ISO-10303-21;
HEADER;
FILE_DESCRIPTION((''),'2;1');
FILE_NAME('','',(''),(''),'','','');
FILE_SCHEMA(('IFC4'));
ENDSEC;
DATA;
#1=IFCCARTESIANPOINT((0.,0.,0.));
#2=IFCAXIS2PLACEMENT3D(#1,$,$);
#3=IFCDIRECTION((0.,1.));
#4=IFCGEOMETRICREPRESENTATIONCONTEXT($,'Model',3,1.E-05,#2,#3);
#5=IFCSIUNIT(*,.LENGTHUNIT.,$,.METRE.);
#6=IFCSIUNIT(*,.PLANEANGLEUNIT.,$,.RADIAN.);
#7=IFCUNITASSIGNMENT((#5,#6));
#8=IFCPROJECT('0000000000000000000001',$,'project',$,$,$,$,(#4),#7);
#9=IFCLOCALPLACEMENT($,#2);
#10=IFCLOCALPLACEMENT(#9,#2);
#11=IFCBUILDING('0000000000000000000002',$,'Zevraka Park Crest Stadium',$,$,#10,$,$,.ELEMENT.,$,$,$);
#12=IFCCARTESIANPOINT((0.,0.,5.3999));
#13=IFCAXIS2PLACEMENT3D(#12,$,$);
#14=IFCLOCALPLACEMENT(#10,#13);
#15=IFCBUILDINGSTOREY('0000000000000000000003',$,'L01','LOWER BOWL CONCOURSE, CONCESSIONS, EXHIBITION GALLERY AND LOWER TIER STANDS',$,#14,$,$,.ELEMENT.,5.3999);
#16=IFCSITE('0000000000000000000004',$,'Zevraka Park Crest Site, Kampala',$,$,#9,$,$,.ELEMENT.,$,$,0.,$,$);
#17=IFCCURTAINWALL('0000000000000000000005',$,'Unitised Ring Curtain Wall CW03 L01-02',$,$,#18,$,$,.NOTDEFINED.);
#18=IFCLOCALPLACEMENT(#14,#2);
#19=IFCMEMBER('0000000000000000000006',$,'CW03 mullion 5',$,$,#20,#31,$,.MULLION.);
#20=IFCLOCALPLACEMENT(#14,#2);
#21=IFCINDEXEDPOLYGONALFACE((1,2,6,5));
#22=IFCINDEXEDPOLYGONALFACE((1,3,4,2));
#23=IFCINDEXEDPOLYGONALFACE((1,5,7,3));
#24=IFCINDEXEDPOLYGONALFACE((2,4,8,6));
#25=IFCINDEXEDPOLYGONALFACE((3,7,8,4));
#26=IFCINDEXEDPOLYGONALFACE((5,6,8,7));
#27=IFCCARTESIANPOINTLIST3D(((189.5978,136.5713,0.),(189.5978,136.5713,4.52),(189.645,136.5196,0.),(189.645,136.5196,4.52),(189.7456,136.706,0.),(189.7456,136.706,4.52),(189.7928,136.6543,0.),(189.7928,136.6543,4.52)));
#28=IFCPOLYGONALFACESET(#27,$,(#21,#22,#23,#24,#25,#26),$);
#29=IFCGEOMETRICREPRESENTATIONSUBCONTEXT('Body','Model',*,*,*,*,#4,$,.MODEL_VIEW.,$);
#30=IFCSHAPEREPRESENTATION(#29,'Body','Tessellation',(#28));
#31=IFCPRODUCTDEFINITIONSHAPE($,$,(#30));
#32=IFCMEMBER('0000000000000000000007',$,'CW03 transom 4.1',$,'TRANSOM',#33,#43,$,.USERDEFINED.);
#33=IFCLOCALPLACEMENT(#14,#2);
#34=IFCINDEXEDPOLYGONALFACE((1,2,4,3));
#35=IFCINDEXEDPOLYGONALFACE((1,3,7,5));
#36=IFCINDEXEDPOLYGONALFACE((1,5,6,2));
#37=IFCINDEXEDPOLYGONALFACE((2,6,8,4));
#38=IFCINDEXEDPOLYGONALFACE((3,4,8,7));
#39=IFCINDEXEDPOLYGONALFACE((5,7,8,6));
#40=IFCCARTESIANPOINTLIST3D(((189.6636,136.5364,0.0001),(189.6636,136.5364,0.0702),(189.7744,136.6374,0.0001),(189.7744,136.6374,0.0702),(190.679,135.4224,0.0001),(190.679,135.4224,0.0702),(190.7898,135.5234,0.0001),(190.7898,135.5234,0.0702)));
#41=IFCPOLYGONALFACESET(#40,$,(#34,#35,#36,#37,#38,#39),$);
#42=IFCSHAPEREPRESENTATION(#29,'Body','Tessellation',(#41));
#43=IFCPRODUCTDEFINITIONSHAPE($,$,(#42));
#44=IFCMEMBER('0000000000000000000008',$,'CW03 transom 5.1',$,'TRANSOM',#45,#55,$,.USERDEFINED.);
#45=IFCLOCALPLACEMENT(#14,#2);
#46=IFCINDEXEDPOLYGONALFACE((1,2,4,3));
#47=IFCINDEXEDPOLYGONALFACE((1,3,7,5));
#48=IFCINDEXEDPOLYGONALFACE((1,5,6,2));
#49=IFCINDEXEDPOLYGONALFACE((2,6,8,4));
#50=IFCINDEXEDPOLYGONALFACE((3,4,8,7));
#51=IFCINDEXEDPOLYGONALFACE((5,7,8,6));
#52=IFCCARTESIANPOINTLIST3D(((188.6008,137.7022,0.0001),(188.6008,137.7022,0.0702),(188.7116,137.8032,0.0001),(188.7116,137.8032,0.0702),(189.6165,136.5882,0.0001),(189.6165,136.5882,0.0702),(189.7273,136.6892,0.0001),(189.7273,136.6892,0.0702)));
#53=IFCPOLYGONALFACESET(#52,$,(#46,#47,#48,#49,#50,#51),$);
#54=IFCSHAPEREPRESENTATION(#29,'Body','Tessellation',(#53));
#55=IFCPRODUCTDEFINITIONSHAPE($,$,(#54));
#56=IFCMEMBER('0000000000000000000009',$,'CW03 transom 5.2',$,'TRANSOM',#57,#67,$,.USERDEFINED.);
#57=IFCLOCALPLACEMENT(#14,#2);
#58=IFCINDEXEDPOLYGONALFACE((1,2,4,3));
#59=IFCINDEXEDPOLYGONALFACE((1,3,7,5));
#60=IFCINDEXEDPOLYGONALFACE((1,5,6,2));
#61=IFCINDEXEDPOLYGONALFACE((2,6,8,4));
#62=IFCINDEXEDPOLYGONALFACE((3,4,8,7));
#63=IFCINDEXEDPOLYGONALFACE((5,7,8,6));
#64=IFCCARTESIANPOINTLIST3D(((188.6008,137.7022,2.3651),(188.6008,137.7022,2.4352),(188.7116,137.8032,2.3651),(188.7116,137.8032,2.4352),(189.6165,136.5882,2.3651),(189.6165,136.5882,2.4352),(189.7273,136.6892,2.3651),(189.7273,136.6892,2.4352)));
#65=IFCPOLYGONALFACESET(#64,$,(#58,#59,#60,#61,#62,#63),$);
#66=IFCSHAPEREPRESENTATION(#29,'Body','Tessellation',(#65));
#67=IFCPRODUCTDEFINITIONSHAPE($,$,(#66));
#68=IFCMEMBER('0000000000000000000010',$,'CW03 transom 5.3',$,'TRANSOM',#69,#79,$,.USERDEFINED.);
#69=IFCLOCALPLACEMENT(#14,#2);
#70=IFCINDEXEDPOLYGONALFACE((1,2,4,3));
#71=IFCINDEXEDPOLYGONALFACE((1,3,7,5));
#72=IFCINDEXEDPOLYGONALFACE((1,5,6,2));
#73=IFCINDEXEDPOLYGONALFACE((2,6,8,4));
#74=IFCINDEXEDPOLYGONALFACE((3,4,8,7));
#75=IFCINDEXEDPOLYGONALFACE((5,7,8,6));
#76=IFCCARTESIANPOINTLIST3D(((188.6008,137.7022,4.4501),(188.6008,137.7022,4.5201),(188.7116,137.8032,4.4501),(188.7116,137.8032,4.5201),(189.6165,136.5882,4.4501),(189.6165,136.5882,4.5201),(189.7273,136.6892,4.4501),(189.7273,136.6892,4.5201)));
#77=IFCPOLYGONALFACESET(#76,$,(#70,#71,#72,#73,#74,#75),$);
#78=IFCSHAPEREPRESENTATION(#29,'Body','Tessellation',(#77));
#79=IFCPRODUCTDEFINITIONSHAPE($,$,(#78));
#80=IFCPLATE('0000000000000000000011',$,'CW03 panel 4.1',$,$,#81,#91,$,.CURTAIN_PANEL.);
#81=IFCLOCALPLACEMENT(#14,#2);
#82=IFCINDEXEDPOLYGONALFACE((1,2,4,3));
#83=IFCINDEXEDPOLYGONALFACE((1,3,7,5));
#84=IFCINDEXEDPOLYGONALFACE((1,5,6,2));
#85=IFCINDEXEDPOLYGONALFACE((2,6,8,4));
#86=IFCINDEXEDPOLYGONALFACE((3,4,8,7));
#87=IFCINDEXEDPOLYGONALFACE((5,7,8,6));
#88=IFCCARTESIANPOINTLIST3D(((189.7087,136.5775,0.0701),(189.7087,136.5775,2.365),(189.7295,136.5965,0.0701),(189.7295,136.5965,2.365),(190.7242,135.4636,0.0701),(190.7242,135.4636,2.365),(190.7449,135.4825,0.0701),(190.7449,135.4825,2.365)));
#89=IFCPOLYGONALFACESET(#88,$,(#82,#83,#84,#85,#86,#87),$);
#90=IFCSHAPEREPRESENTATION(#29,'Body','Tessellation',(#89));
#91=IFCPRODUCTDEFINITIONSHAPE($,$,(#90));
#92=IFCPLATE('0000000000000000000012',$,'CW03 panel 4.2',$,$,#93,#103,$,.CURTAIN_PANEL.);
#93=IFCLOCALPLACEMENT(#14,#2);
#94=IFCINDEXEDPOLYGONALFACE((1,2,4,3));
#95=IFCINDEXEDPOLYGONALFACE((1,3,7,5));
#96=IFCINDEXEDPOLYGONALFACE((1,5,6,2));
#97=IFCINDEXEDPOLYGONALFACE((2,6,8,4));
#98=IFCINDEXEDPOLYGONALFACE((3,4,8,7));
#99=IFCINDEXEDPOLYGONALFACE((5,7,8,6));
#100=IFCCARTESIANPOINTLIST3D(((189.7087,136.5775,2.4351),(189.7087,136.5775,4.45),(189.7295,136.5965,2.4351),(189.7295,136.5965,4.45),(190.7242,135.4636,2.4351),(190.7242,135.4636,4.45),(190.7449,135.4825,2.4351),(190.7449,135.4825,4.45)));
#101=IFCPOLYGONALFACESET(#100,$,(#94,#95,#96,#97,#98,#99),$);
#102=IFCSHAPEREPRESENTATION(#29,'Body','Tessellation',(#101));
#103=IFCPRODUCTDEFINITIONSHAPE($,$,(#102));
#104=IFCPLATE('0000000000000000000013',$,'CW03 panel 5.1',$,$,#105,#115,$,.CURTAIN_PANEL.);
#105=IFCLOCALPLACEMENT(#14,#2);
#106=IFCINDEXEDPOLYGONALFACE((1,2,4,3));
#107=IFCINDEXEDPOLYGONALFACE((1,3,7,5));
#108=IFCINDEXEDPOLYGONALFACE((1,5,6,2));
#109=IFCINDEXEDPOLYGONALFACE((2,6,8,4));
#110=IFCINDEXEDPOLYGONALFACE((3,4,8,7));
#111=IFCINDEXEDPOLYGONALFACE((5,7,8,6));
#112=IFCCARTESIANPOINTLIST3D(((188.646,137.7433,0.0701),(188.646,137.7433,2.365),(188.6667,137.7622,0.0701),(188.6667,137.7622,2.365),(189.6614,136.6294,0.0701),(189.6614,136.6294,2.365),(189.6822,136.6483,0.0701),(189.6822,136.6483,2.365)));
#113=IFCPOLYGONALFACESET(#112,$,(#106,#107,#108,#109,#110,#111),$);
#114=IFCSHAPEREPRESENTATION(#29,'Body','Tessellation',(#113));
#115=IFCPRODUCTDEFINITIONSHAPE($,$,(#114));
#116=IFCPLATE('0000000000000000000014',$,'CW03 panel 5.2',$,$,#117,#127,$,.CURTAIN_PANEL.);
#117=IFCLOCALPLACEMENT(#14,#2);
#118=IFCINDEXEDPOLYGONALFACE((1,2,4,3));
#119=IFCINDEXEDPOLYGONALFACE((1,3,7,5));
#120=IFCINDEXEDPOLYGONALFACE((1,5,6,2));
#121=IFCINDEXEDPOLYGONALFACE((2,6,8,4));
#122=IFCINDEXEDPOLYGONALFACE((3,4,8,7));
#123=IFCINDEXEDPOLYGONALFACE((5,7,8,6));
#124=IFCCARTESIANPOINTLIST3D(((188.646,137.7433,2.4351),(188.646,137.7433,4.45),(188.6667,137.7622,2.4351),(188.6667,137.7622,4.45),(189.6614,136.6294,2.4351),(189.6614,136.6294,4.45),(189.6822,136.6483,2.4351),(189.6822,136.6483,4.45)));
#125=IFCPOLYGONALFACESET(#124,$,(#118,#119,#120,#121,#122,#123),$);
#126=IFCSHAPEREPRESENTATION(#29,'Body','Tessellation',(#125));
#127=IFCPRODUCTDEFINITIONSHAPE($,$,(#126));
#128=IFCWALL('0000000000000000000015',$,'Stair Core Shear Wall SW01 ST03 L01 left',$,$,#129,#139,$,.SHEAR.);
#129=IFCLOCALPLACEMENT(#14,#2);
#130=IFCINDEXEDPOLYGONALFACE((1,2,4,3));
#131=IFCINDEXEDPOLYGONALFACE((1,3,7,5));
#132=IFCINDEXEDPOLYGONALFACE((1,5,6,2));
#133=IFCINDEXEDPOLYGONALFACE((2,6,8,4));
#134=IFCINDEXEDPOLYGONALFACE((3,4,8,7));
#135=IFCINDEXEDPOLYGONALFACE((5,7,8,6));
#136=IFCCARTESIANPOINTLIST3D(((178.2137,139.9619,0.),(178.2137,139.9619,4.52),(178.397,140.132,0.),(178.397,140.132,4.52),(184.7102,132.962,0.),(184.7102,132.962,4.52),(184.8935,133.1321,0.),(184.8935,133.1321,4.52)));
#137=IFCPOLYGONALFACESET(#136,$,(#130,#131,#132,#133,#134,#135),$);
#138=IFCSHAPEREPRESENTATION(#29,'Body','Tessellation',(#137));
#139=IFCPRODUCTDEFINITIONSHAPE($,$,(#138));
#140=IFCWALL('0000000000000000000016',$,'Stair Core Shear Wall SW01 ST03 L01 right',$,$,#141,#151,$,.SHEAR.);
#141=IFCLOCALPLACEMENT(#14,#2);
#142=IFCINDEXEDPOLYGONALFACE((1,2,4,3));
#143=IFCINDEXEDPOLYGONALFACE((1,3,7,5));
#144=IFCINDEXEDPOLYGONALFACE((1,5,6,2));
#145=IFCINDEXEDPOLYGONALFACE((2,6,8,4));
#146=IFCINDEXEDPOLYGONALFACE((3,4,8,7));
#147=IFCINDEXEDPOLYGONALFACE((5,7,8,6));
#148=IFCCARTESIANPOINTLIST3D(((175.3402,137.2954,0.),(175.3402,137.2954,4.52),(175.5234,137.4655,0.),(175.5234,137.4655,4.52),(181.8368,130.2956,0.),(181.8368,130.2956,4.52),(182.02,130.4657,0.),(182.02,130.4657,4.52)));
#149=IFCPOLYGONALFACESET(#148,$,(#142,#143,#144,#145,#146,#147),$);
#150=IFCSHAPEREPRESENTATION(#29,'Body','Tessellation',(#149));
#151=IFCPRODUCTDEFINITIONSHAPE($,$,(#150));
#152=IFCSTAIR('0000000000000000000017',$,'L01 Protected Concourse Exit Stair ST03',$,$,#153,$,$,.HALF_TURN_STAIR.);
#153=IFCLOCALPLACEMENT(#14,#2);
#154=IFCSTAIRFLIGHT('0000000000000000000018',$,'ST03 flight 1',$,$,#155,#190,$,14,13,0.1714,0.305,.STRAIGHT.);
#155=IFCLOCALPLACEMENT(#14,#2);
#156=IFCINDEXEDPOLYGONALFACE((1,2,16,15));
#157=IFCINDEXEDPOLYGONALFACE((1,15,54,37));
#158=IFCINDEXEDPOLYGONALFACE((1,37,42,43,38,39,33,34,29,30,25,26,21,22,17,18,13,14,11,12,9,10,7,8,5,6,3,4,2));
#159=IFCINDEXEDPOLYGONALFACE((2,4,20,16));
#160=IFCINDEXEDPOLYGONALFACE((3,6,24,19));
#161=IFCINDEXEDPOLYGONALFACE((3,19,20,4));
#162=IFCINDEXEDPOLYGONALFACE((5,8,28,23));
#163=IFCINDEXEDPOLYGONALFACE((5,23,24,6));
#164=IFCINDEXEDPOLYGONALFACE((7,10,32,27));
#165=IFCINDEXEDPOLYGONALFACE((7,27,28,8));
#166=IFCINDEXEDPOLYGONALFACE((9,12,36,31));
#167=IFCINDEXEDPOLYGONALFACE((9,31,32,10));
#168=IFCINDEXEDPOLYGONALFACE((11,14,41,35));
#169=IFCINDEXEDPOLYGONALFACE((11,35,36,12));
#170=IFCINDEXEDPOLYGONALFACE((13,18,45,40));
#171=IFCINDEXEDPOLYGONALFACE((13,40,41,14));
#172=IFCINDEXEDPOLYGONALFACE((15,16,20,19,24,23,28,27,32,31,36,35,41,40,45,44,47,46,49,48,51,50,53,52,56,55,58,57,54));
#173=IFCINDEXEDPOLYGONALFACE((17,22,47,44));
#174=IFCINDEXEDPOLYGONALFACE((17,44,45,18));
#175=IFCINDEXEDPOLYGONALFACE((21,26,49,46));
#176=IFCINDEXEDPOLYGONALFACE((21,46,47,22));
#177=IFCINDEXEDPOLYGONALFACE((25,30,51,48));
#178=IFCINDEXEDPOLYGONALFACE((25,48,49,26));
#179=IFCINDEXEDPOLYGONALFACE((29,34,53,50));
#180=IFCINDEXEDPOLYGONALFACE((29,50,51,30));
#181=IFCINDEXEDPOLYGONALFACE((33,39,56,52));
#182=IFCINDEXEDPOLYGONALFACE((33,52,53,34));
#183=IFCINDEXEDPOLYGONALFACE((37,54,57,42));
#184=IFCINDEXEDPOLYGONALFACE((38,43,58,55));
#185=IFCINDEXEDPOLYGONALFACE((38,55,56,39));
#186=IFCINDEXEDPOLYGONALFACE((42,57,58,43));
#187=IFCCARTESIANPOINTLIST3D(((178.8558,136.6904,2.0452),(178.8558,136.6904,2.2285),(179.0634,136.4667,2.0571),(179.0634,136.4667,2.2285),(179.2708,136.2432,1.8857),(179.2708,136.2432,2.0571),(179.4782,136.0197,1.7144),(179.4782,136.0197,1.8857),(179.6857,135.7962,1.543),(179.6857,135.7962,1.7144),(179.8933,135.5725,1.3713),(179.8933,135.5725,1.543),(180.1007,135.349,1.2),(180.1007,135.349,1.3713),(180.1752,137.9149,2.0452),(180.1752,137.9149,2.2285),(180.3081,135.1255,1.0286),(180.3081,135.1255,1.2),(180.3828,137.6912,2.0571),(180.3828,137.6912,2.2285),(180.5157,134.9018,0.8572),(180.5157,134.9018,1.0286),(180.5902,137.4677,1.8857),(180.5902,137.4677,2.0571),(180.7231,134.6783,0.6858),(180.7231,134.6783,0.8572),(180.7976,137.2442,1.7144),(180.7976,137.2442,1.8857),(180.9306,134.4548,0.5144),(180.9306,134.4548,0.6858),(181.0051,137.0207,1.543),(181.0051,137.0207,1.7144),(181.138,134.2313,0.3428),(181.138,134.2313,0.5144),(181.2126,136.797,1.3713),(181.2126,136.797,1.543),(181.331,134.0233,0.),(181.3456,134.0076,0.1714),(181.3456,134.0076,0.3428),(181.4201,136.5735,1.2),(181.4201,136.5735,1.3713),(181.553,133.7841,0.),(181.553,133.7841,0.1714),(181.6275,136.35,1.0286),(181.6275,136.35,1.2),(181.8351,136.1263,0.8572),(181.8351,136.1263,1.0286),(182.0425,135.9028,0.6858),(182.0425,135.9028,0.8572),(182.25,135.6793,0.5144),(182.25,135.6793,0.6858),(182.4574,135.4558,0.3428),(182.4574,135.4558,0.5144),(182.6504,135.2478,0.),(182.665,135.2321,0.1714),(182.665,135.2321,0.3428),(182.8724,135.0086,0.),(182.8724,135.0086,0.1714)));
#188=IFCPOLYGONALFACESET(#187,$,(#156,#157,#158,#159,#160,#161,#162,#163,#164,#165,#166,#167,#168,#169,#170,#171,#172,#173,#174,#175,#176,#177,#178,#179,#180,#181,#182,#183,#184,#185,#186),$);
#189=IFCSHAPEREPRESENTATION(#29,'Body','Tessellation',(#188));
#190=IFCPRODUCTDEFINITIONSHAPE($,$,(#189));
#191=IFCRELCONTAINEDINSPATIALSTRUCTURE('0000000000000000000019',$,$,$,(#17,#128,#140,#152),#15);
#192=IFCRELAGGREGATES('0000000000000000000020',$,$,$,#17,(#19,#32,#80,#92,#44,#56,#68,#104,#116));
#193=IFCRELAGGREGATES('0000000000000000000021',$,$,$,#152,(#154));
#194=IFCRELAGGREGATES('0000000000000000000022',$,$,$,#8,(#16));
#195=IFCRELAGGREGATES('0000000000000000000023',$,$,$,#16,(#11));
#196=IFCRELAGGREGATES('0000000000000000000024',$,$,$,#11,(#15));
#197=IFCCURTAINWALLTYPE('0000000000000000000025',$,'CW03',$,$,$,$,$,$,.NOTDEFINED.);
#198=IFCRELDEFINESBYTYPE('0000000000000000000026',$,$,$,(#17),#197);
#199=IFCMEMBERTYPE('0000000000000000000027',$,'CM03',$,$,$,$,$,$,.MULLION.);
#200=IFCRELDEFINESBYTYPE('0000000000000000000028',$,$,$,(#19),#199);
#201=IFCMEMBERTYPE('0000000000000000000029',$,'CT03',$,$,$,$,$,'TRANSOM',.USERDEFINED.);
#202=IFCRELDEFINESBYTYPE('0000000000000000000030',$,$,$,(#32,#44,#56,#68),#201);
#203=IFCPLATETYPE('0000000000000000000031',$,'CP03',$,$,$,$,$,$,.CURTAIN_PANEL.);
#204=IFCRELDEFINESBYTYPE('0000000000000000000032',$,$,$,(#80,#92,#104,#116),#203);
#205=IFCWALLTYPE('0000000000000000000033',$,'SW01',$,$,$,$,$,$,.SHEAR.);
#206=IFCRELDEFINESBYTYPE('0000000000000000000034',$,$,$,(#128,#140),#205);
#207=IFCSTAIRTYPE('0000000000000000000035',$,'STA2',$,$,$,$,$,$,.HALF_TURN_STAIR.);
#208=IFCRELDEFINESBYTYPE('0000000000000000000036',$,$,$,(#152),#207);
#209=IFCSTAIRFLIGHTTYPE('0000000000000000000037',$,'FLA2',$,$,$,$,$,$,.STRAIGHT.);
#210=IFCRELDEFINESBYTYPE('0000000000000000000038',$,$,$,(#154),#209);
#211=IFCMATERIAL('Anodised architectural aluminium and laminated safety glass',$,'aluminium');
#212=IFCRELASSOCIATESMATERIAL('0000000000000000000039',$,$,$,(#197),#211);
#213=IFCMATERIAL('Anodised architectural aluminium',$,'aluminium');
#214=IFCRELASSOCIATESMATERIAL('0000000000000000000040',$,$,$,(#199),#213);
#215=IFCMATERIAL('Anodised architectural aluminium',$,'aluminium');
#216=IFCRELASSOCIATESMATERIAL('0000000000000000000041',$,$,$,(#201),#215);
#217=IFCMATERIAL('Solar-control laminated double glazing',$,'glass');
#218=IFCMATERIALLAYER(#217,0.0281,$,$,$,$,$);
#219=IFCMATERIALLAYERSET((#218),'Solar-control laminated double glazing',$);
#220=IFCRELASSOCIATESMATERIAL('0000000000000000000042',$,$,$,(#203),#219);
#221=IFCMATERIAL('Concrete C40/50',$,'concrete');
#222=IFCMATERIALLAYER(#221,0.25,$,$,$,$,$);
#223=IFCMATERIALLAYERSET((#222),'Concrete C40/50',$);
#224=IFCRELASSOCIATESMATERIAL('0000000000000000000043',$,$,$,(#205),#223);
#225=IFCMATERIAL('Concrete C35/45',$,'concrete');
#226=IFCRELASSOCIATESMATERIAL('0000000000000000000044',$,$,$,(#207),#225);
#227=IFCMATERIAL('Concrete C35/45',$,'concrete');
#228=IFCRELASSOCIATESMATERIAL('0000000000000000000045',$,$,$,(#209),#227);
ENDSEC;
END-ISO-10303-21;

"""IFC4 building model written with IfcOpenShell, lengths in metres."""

from ifc_helpers import new_model, si_unit, direction, frame, frame_2d, origin, origin_2d, place, context, subcontext, project, spatial, polyline, rectangle, outline, extrude, material, layer, layer_set, material_profile, profile_set, type_object, element, aggregate, save


model = new_model("IFC4")

# Units and contexts
model_context = context("Model", 3, precision=1e-05, world=origin(), true_north=direction((0.0, 1.0)))
body_context = subcontext(model_context, "Body", "Model", "MODEL_VIEW")
ifc_project = project(units=[si_unit("LENGTHUNIT", "METRE"), si_unit("PLANEANGLEUNIT", "RADIAN")], contexts=[model_context])

# Site, building, storey
site_placement = place(None, origin())
site = spatial("IfcSite", under=ifc_project, at=site_placement, Name="Zevraka Park Crest Site, Kampala", CompositionType="ELEMENT", RefElevation=0.0)
building_placement = place(site_placement, origin())
building = spatial("IfcBuilding", under=site, at=building_placement, Name="Zevraka Park Crest Stadium", CompositionType="ELEMENT")
storey_placement = place(building_placement, frame((0.0, 0.0, 5.3999)))
storey = spatial("IfcBuildingStorey", under=building, at=storey_placement, Name="L01", Description="LOWER BOWL CONCOURSE, CONCESSIONS, EXHIBITION GALLERY AND LOWER TIER STANDS", CompositionType="ELEMENT", Elevation=5.3999)

# Curtain wall, members, plates
ifc_material_1 = material(Name="Anodised architectural aluminium and laminated safety glass", Category="aluminium")
curtain_wall_type = type_object("IfcCurtainWallType", Name="CW03", PredefinedType="NOTDEFINED", material=ifc_material_1)
curtain_wall_placement = place(storey_placement, origin())
curtain_wall = element("IfcCurtainWall", 1, at=curtain_wall_placement, inside=storey, type_object=curtain_wall_type, Name="Unitised Ring Curtain Wall CW03 L01-02", PredefinedType="NOTDEFINED")
ifc_material_2 = material(Name="Anodised architectural aluminium", Category="aluminium")
ifc_material_profile_1 = material_profile(ifc_material_2, rectangle(XDim=0.2, YDim=0.0701, at=origin_2d()), Name="ALU MULLION 200x70")
ifc_profile_set_1 = profile_set([ifc_material_profile_1], Name="Anodised architectural aluminium")
member_type_1 = type_object("IfcMemberType", Name="CM03", PredefinedType="MULLION", material=ifc_profile_set_1)
member_1_placement = place(storey_placement, frame((189.6953, 136.6128, 0.0), z_axis=(0.0, 0.0, 1.0), x_axis=(-0.739023, -0.67368, 0.0)))
member_1 = element("IfcMember", 2, at=member_1_placement, type_object=member_type_1, Name="CW03 mullion 5", PredefinedType="MULLION", context=body_context, shape_type="SweptSolid", body=[
    extrude(rectangle(XDim=0.2, YDim=0.0701, at=origin_2d()), origin(), (0.0, 0.0, 1.0), 4.52),
])
ifc_material_3 = material(Name="Anodised architectural aluminium", Category="aluminium")
ifc_material_profile_2 = material_profile(ifc_material_3, rectangle(XDim=0.1499, YDim=0.0701, at=origin_2d()), Name="ALU TRANSOM 150x70")
ifc_profile_set_2 = profile_set([ifc_material_profile_2], Name="Anodised architectural aluminium")
member_type_2 = type_object("IfcMemberType", Name="CT03", ElementType="TRANSOM", PredefinedType="USERDEFINED", material=ifc_profile_set_2)
member_2_placement = place(storey_placement, frame((190.7344, 135.4729, 0.0352), z_axis=(-0.673632, 0.739067, 0.0), x_axis=(-0.739067, -0.673632, 0.0)))
member_2 = element("IfcMember", 3, at=member_2_placement, type_object=member_type_2, Name="CW03 transom 4.1", ObjectType="TRANSOM", PredefinedType="USERDEFINED", context=body_context, shape_type="SweptSolid", body=[
    extrude(rectangle(XDim=0.1499, YDim=0.0701, at=origin_2d()), origin(), (0.0, 0.0, 1.0), 1.5073),
])
member_3_placement = place(storey_placement, frame((189.6719, 136.6387, 0.0352), z_axis=(-0.67372, 0.738987, 0.0), x_axis=(-0.738987, -0.67372, 0.0)))
member_3 = element("IfcMember", 4, at=member_3_placement, type_object=member_type_2, Name="CW03 transom 5.1", ObjectType="TRANSOM", PredefinedType="USERDEFINED", context=body_context, shape_type="SweptSolid", body=[
    extrude(rectangle(XDim=0.1499, YDim=0.0701, at=origin_2d()), origin(), (0.0, 0.0, 1.0), 1.5076),
])
member_4_placement = place(storey_placement, frame((189.6719, 136.6387, 2.4001), z_axis=(-0.67372, 0.738987, 0.0), x_axis=(-0.738987, -0.67372, 0.0)))
member_4 = element("IfcMember", 5, at=member_4_placement, type_object=member_type_2, Name="CW03 transom 5.2", ObjectType="TRANSOM", PredefinedType="USERDEFINED", context=body_context, shape_type="SweptSolid", body=[
    extrude(rectangle(XDim=0.1499, YDim=0.0701, at=origin_2d()), origin(), (0.0, 0.0, 1.0), 1.5076),
])
member_5_placement = place(storey_placement, frame((189.6719, 136.6387, 4.4851), z_axis=(-0.67372, 0.738987, 0.0), x_axis=(-0.738987, -0.67372, 0.0)))
member_5 = element("IfcMember", 6, at=member_5_placement, type_object=member_type_2, Name="CW03 transom 5.3", ObjectType="TRANSOM", PredefinedType="USERDEFINED", context=body_context, shape_type="SweptSolid", body=[
    extrude(rectangle(XDim=0.1499, YDim=0.0701, at=origin_2d()), origin(), (0.0, 0.0, 1.0), 1.5076),
])
ifc_material_4 = material(Name="Solar-control laminated double glazing", Category="glass")
ifc_layer_1 = layer(ifc_material_4, 0.0281)
ifc_layer_set_1 = layer_set([ifc_layer_1], Name="Solar-control laminated double glazing")
plate_type = type_object("IfcPlateType", Name="CP03", PredefinedType="CURTAIN_PANEL", material=ifc_layer_set_1)
plate_1_placement = place(storey_placement, frame((190.2268, 136.03, 0.0701), z_axis=(0.0, 0.0, 1.0), x_axis=(-0.67368, 0.739023, 0.0)))
plate_1 = element("IfcPlate", 7, at=plate_1_placement, type_object=plate_type, Name="CW03 panel 4.1", PredefinedType="CURTAIN_PANEL", context=body_context, shape_type="SweptSolid", body=[
    extrude(rectangle(XDim=1.5073, YDim=0.0281, at=origin_2d()), origin(), (0.0, 0.0, 1.0), 2.2949),
])
plate_2_placement = place(storey_placement, frame((190.2268, 136.03, 2.4351), z_axis=(0.0, 0.0, 1.0), x_axis=(-0.67368, 0.739023, 0.0)))
plate_2 = element("IfcPlate", 8, at=plate_2_placement, type_object=plate_type, Name="CW03 panel 4.2", PredefinedType="CURTAIN_PANEL", context=body_context, shape_type="SweptSolid", body=[
    extrude(rectangle(XDim=1.5073, YDim=0.0281, at=origin_2d()), origin(), (0.0, 0.0, 1.0), 2.0149),
])
plate_3_placement = place(storey_placement, frame((189.1641, 137.1958, 0.0701), z_axis=(0.0, 0.0, 1.0), x_axis=(-0.67368, 0.739023, 0.0)))
plate_3 = element("IfcPlate", 9, at=plate_3_placement, type_object=plate_type, Name="CW03 panel 5.1", PredefinedType="CURTAIN_PANEL", context=body_context, shape_type="SweptSolid", body=[
    extrude(rectangle(XDim=1.5073, YDim=0.0281, at=origin_2d()), origin(), (0.0, 0.0, 1.0), 2.2949),
])
plate_4_placement = place(storey_placement, frame((189.1641, 137.1958, 2.4351), z_axis=(0.0, 0.0, 1.0), x_axis=(-0.67368, 0.739023, 0.0)))
plate_4 = element("IfcPlate", 10, at=plate_4_placement, type_object=plate_type, Name="CW03 panel 5.2", PredefinedType="CURTAIN_PANEL", context=body_context, shape_type="SweptSolid", body=[
    extrude(rectangle(XDim=1.5073, YDim=0.0281, at=origin_2d()), origin(), (0.0, 0.0, 1.0), 2.0149),
])
aggregate(curtain_wall, [member_1, member_2, plate_1, plate_2, member_3, member_4, member_5, plate_3, plate_4])

# Walls
ifc_material_5 = material(Name="Concrete C40/50", Category="concrete")
ifc_layer_2 = layer(ifc_material_5, 0.25)
ifc_layer_set_2 = layer_set([ifc_layer_2], Name="Concrete C40/50")
wall_type = type_object("IfcWallType", Name="SW01", PredefinedType="SHEAR", material=ifc_layer_set_2)
for number, where, z_axis, x_axis, name in (
    (11, (184.8018, 133.0471, 0.0), (0.0, 0.0, 1.0), (-0.680259, 0.732972, 0.0), "Stair Core Shear Wall SW01 ST03 L01 left"),
    (12, (175.4319, 137.3804, 0.0), (0.0, 0.0, 1.0), (0.680272, -0.73296, 0.0), "Stair Core Shear Wall SW01 ST03 L01 right"),
):
    element("IfcWall", number, at=place(storey_placement, frame(where, z_axis=z_axis, x_axis=x_axis)), inside=storey, type_object=wall_type, Name=name, PredefinedType="SHEAR", context=body_context, shape_type="SweptSolid", body=[
        extrude(rectangle(XDim=9.55, YDim=0.25, at=frame_2d((4.7749, 0.0))), origin(), (0.0, 0.0, 1.0), 4.52),
    ])

# Stair, stair flight
ifc_material_6 = material(Name="Concrete C35/45", Category="concrete")
stair_type = type_object("IfcStairType", Name="STA2", PredefinedType="HALF_TURN_STAIR", material=ifc_material_6)
stair_placement = place(storey_placement, origin())
stair = element("IfcStair", 13, at=stair_placement, inside=storey, type_object=stair_type, Name="L01 Protected Concourse Exit Stair ST03", PredefinedType="HALF_TURN_STAIR")
ifc_material_7 = material(Name="Concrete C35/45", Category="concrete")
stair_flight_type = type_object("IfcStairFlightType", Name="FLA2", PredefinedType="STRAIGHT", material=ifc_material_7)
stair_flight_1_placement = place(storey_placement, frame((182.2126, 134.3962, 0.0), z_axis=(0.0, 0.0, 1.0), x_axis=(-0.680255, 0.732975, 0.0)))
stair_flight_1 = element("IfcStairFlight", 14, at=stair_flight_1_placement, type_object=stair_flight_type, Name="ST03 flight 1", NumberOfRisers=14, NumberOfTreads=13, PredefinedType="STRAIGHT", RiserHeight=0.1714, TreadLength=0.305, context=body_context, shape_type="SweptSolid", body=[
    extrude(outline(polyline([(0.0, 0.0), (0.0, 0.1714), (0.3049, 0.1714), (0.3049, 0.3428), (0.6101, 0.3428), (0.6101, 0.5144), (0.915, 0.5144), (0.915, 0.6858), (1.22, 0.6858), (1.22, 0.8572), (1.5249, 0.8572), (1.5249, 1.0286), (1.8301, 1.0286), (1.8301, 1.2), (2.135, 1.2), (2.135, 1.3713), (2.4399, 1.3713), (2.4399, 1.543), (2.7451, 1.543), (2.7451, 1.7144), (3.05, 1.7144), (3.05, 1.8857), (3.355, 1.8857), (3.355, 2.0571), (3.6599, 2.0571), (3.6599, 2.2285), (3.9651, 2.2285), (3.9651, 2.3999), (3.9651, 2.0452), (0.3264, 0.0), (0.0, 0.0)])), frame((0.0, 0.8999, 0.0), z_axis=(0.0, -1.0, 0.0), x_axis=(1.0, 0.0, 0.0)), (0.0, 0.0, 1.0), 1.8),
])
aggregate(stair, [stair_flight_1])

save(model, "model.ifc")
